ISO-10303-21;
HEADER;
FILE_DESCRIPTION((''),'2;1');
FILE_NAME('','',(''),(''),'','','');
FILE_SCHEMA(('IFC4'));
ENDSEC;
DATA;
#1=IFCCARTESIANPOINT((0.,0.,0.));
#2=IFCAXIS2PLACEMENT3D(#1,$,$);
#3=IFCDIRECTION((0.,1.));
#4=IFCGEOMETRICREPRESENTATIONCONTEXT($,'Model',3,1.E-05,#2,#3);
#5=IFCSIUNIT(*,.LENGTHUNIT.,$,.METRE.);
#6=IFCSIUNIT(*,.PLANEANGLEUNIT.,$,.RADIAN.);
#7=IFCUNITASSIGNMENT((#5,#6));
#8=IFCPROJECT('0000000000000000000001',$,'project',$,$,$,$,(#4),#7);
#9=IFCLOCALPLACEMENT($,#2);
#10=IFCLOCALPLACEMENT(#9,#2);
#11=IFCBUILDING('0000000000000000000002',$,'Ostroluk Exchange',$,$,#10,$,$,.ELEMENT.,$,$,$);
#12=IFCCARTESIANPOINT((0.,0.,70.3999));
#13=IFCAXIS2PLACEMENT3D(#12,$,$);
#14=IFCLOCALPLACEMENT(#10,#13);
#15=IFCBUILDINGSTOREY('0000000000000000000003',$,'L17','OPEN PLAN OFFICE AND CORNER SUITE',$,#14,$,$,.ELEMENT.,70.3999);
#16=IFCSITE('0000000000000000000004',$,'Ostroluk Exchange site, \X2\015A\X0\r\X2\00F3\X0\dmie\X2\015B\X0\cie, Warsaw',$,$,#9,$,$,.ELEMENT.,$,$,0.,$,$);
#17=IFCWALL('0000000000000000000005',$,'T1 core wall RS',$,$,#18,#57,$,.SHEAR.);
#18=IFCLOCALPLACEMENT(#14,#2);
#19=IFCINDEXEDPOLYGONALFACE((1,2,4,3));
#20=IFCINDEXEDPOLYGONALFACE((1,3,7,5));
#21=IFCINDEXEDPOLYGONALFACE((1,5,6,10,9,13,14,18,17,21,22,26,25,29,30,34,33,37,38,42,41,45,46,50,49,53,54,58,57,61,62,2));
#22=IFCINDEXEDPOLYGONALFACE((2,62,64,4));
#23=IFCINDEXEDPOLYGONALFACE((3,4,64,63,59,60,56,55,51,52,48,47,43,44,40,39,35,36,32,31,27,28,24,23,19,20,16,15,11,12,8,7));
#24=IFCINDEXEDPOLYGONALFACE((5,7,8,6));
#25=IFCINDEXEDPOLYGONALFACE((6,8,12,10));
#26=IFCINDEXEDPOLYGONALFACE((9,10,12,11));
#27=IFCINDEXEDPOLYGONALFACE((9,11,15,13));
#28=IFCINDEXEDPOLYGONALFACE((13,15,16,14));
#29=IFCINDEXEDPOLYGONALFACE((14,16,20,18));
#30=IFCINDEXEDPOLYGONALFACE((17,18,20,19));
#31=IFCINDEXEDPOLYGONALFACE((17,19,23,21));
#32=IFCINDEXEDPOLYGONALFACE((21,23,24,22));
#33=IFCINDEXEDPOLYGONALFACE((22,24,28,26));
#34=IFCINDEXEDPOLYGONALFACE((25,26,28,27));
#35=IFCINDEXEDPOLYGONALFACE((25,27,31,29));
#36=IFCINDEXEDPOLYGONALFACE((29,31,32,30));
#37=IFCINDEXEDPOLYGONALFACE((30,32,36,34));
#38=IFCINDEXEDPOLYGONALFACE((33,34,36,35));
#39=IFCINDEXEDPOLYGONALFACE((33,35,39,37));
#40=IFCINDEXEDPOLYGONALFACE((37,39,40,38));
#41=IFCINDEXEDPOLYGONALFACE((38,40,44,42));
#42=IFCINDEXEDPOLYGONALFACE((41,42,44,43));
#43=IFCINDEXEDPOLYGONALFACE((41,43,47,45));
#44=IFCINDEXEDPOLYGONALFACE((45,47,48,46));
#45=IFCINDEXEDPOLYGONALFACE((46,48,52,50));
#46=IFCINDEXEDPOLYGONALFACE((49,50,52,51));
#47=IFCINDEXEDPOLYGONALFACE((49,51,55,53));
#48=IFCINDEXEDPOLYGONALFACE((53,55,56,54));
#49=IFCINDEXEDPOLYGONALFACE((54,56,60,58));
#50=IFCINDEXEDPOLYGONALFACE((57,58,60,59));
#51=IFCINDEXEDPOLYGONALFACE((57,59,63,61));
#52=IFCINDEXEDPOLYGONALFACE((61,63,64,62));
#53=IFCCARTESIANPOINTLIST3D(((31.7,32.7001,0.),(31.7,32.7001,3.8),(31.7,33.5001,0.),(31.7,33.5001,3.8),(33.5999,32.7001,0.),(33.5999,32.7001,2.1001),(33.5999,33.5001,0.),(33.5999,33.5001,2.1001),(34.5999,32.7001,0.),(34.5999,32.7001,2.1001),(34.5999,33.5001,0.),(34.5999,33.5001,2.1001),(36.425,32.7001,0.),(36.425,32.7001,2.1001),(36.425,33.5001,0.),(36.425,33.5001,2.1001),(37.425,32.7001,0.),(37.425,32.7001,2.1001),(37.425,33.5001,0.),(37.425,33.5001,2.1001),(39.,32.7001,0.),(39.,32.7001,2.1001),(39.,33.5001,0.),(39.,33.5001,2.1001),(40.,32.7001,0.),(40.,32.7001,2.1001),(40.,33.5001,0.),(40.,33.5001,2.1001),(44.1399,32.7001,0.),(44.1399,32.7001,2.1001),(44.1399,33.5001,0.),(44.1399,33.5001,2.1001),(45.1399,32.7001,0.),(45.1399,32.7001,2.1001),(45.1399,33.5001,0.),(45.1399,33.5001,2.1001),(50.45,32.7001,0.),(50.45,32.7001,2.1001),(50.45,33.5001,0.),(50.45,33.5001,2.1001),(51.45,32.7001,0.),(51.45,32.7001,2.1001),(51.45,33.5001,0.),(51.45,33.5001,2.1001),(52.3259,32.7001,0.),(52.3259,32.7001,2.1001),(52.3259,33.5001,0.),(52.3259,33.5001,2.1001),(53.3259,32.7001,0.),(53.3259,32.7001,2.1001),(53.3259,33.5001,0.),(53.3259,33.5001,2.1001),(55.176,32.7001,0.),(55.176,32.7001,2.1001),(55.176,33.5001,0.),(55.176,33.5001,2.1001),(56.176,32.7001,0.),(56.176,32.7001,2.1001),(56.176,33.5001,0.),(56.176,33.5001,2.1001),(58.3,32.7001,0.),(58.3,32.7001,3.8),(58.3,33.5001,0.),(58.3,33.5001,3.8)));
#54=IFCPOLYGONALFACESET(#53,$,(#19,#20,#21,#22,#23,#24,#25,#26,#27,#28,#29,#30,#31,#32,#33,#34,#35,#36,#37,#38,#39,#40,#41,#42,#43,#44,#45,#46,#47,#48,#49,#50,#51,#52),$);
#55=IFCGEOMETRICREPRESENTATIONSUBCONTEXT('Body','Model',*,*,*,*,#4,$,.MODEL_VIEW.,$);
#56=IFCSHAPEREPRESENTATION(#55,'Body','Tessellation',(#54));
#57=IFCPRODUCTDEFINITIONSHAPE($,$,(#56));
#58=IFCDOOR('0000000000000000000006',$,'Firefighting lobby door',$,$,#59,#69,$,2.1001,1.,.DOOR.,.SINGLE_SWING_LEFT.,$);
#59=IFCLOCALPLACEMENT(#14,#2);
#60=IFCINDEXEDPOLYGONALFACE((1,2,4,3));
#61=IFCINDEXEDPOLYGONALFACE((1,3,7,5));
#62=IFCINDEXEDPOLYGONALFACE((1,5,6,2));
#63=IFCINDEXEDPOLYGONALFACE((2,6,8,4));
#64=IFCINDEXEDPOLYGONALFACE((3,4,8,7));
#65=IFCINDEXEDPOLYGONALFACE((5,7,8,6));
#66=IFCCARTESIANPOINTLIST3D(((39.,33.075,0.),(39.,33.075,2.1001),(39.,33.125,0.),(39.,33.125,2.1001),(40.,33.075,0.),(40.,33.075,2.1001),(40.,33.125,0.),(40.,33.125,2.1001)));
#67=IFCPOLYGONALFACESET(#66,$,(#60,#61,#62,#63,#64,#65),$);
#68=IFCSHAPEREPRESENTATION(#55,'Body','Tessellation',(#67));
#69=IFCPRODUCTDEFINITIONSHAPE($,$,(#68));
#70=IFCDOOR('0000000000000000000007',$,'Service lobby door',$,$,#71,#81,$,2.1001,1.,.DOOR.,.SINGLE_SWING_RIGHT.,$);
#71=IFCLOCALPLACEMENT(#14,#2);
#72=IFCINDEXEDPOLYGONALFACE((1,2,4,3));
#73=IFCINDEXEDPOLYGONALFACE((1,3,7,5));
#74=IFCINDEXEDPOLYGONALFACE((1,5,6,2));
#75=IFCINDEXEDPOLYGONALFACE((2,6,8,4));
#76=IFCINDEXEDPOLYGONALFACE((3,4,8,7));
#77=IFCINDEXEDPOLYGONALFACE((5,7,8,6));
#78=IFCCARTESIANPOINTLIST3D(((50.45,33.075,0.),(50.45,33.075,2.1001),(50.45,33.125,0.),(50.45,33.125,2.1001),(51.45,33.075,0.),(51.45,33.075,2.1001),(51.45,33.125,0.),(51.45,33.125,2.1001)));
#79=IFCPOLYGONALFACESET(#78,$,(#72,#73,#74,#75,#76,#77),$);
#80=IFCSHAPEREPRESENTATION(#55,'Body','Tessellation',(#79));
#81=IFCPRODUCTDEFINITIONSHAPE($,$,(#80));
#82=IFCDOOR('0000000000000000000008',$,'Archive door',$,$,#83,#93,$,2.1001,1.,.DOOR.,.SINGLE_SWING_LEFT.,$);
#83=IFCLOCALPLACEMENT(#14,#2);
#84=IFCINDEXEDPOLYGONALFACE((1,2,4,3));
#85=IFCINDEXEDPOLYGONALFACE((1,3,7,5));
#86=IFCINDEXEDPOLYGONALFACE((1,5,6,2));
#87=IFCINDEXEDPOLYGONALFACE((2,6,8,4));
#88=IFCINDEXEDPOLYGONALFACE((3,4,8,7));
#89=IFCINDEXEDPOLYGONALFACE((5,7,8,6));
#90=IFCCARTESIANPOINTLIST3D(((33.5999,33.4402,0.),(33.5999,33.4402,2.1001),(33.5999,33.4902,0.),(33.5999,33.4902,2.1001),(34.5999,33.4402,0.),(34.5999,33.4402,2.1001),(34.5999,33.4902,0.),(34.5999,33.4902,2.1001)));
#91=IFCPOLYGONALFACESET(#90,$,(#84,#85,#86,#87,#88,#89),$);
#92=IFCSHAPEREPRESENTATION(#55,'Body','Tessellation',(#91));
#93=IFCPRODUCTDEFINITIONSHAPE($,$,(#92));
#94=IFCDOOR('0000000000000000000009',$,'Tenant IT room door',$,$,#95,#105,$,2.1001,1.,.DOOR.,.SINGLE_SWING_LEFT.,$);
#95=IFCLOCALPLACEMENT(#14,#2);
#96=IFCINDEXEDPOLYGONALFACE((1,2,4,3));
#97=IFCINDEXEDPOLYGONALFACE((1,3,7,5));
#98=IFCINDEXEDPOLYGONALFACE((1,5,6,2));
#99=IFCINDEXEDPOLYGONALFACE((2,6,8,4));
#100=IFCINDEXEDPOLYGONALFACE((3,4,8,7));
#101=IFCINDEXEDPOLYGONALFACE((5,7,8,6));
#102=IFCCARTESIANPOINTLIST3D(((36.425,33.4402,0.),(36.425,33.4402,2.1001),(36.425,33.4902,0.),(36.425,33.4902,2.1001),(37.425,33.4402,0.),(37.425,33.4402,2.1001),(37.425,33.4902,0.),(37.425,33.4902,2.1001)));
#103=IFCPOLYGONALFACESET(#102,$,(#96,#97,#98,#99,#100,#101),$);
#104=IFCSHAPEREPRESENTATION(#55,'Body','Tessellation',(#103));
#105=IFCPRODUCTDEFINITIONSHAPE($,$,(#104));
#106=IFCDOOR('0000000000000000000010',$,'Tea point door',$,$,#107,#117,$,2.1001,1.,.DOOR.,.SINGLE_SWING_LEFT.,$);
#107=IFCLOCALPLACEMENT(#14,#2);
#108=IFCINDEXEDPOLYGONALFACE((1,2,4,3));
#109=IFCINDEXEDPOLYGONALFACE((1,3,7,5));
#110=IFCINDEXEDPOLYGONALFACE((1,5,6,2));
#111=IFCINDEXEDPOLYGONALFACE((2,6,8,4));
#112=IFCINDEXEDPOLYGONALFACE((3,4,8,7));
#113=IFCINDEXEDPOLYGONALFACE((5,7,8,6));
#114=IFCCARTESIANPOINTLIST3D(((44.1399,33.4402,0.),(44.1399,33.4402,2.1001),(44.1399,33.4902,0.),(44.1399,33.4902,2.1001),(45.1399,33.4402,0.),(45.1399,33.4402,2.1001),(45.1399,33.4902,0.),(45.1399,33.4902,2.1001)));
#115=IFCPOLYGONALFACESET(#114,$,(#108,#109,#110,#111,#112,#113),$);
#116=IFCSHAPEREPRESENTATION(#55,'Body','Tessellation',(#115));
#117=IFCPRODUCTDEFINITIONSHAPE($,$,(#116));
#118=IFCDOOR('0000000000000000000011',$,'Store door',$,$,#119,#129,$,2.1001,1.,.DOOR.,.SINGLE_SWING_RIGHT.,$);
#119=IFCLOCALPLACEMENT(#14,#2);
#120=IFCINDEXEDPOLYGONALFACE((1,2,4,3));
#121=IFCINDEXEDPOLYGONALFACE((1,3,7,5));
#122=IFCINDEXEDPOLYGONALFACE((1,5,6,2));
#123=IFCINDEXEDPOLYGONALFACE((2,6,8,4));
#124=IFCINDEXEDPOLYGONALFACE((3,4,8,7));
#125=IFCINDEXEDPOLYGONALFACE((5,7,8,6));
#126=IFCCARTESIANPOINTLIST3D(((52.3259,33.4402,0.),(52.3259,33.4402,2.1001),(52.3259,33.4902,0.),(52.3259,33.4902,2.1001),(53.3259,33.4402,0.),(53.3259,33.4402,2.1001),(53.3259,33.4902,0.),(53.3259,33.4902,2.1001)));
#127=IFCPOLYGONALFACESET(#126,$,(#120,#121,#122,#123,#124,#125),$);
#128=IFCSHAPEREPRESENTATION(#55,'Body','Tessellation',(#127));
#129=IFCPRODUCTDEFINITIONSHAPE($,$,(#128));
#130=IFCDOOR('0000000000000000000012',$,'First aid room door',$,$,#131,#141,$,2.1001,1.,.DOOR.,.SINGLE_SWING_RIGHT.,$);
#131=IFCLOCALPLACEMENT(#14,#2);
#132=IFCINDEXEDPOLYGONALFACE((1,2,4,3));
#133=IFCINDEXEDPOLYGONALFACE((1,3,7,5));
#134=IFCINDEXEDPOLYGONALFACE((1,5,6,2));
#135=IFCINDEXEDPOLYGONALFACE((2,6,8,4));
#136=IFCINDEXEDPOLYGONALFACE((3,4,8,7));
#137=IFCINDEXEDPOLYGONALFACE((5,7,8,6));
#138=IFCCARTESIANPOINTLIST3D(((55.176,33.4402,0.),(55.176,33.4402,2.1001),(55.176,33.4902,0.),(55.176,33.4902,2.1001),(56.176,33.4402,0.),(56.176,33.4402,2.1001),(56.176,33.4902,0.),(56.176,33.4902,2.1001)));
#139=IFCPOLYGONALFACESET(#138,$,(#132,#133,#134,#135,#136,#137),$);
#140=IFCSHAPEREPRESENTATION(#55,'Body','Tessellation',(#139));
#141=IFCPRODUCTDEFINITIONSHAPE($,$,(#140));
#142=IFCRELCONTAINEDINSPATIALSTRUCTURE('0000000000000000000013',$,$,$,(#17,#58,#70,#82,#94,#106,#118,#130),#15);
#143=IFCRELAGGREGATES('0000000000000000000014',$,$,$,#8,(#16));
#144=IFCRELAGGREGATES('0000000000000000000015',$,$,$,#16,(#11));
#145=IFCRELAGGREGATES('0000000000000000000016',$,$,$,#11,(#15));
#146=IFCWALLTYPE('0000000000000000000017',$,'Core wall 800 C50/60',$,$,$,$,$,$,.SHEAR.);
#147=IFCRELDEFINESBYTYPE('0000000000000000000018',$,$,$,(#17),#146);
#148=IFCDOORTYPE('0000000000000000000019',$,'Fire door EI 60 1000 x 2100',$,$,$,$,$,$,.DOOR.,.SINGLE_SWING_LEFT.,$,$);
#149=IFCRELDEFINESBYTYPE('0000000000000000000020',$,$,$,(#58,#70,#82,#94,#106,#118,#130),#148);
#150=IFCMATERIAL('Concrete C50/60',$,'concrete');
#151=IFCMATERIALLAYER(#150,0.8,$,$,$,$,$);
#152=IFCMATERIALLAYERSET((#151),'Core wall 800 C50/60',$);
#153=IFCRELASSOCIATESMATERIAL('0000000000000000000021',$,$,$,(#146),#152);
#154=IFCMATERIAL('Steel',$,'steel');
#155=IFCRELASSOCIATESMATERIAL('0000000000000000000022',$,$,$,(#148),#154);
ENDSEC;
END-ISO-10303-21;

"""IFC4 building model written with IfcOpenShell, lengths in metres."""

from ifc_helpers import new_model, si_unit, direction, frame, frame_2d, origin, place, context, subcontext, project, spatial, rectangle, extrude, material, layer, layer_set, type_object, element, fill, save


model = new_model("IFC4")

# Units and contexts
model_context = context("Model", 3, precision=1e-05, world=origin(), true_north=direction((0.0, 1.0)))
body_context = subcontext(model_context, "Body", "Model", "MODEL_VIEW")
ifc_project = project(units=[si_unit("LENGTHUNIT", "METRE"), si_unit("PLANEANGLEUNIT", "RADIAN")], contexts=[model_context])

# Site, building, storey
site_placement = place(None, origin())
site = spatial("IfcSite", under=ifc_project, at=site_placement, Name="Ostroluk Exchange site, Śródmieście, Warsaw", CompositionType="ELEMENT", RefElevation=0.0)
building_placement = place(site_placement, origin())
building = spatial("IfcBuilding", under=site, at=building_placement, Name="Ostroluk Exchange", CompositionType="ELEMENT")
storey_placement = place(building_placement, frame((0.0, 0.0, 70.3999)))
storey = spatial("IfcBuildingStorey", under=building, at=storey_placement, Name="L17", Description="OPEN PLAN OFFICE AND CORNER SUITE", CompositionType="ELEMENT", Elevation=70.3999)

# Wall, openings, doors
ifc_material_1 = material(Name="Concrete C50/60", Category="concrete")
ifc_layer_1 = layer(ifc_material_1, 0.8)
ifc_layer_set_1 = layer_set([ifc_layer_1], Name="Core wall 800 C50/60")
wall_type_1 = type_object("IfcWallType", Name="Core wall 800 C50/60", PredefinedType="SHEAR", material=ifc_layer_set_1)
wall_1_placement = place(storey_placement, frame((31.7, 33.1001, 0.0), z_axis=(0.0, 0.0, 1.0), x_axis=(1.0, 0.0, 0.0)))
wall_1 = element("IfcWall", 1, at=wall_1_placement, inside=storey, type_object=wall_type_1, Name="T1 core wall RS", PredefinedType="SHEAR", context=body_context, shape_type="SweptSolid", body=[
    extrude(rectangle(XDim=26.6001, YDim=0.8, at=frame_2d((13.3, 0.0))), origin(), (0.0, 0.0, 1.0), 3.8),
])
opening_1_placement = place(wall_1_placement, frame((7.3, 0.0, 0.0)))
opening_1 = element("IfcOpeningElement", 2, at=opening_1_placement, cuts=wall_1, PredefinedType="OPENING", context=body_context, shape_type="SweptSolid", body=[
    extrude(rectangle(XDim=1.0, YDim=2.1001, at=frame_2d((0.5, 1.05))), frame((0.0, 0.4099, 0.0), z_axis=(0.0, -1.0, 0.0), x_axis=(1.0, 0.0, 0.0)), (0.0, 0.0, 1.0), 0.8201),
])
opening_2_placement = place(wall_1_placement, frame((18.75, 0.0, 0.0)))
opening_2 = element("IfcOpeningElement", 3, at=opening_2_placement, cuts=wall_1, PredefinedType="OPENING", context=body_context, shape_type="SweptSolid", body=[
    extrude(rectangle(XDim=1.0, YDim=2.1001, at=frame_2d((0.5, 1.05))), frame((0.0, 0.4099, 0.0), z_axis=(0.0, -1.0, 0.0), x_axis=(1.0, 0.0, 0.0)), (0.0, 0.0, 1.0), 0.8201),
])
opening_3_placement = place(wall_1_placement, frame((1.8999, 0.0, 0.0)))
opening_3 = element("IfcOpeningElement", 4, at=opening_3_placement, cuts=wall_1, PredefinedType="OPENING", context=body_context, shape_type="SweptSolid", body=[
    extrude(rectangle(XDim=1.0, YDim=2.1001, at=frame_2d((0.5, 1.05))), frame((0.0, 0.4099, 0.0), z_axis=(0.0, -1.0, 0.0), x_axis=(1.0, 0.0, 0.0)), (0.0, 0.0, 1.0), 0.8201),
])
opening_4_placement = place(wall_1_placement, frame((4.7251, 0.0, 0.0)))
opening_4 = element("IfcOpeningElement", 5, at=opening_4_placement, cuts=wall_1, PredefinedType="OPENING", context=body_context, shape_type="SweptSolid", body=[
    extrude(rectangle(XDim=1.0, YDim=2.1001, at=frame_2d((0.5, 1.05))), frame((0.0, 0.4099, 0.0), z_axis=(0.0, -1.0, 0.0), x_axis=(1.0, 0.0, 0.0)), (0.0, 0.0, 1.0), 0.8201),
])
opening_5_placement = place(wall_1_placement, frame((12.4399, 0.0, 0.0)))
opening_5 = element("IfcOpeningElement", 6, at=opening_5_placement, cuts=wall_1, PredefinedType="OPENING", context=body_context, shape_type="SweptSolid", body=[
    extrude(rectangle(XDim=1.0, YDim=2.1001, at=frame_2d((0.5, 1.05))), frame((0.0, 0.4099, 0.0), z_axis=(0.0, -1.0, 0.0), x_axis=(1.0, 0.0, 0.0)), (0.0, 0.0, 1.0), 0.8201),
])
opening_6_placement = place(wall_1_placement, frame((20.626, 0.0, 0.0)))
opening_6 = element("IfcOpeningElement", 7, at=opening_6_placement, cuts=wall_1, PredefinedType="OPENING", context=body_context, shape_type="SweptSolid", body=[
    extrude(rectangle(XDim=1.0, YDim=2.1001, at=frame_2d((0.5, 1.05))), frame((0.0, 0.4099, 0.0), z_axis=(0.0, -1.0, 0.0), x_axis=(1.0, 0.0, 0.0)), (0.0, 0.0, 1.0), 0.8201),
])
opening_7_placement = place(wall_1_placement, frame((23.4761, 0.0, 0.0)))
opening_7 = element("IfcOpeningElement", 8, at=opening_7_placement, cuts=wall_1, PredefinedType="OPENING", context=body_context, shape_type="SweptSolid", body=[
    extrude(rectangle(XDim=1.0, YDim=2.1001, at=frame_2d((0.5, 1.05))), frame((0.0, 0.4099, 0.0), z_axis=(0.0, -1.0, 0.0), x_axis=(1.0, 0.0, 0.0)), (0.0, 0.0, 1.0), 0.8201),
])
ifc_material_2 = material(Name="Steel", Category="steel")
door_type_1 = type_object("IfcDoorType", Name="Fire door EI 60 1000 x 2100", OperationType="SINGLE_SWING_LEFT", PredefinedType="DOOR", material=ifc_material_2)
door_1_placement = place(opening_1_placement, origin())
door_1 = element("IfcDoor", 9, at=door_1_placement, inside=storey, type_object=door_type_1, Name="Firefighting lobby door", OperationType="SINGLE_SWING_LEFT", OverallHeight=2.1001, OverallWidth=1.0, PredefinedType="DOOR", context=body_context, shape_type="SweptSolid", body=[
    extrude(rectangle(XDim=1.0, YDim=2.1001, at=frame_2d((0.5, 1.05))), frame((0.0, 0.0249, 0.0), z_axis=(0.0, -1.0, 0.0), x_axis=(1.0, 0.0, 0.0)), (0.0, 0.0, 1.0), 0.05),
])
fill(opening_1, door_1)
door_2_placement = place(opening_2_placement, origin())
door_2 = element("IfcDoor", 10, at=door_2_placement, inside=storey, type_object=door_type_1, Name="Service lobby door", OperationType="SINGLE_SWING_RIGHT", OverallHeight=2.1001, OverallWidth=1.0, PredefinedType="DOOR", context=body_context, shape_type="SweptSolid", body=[
    extrude(rectangle(XDim=1.0, YDim=2.1001, at=frame_2d((0.5, 1.05))), frame((0.0, 0.0249, 0.0), z_axis=(0.0, -1.0, 0.0), x_axis=(1.0, 0.0, 0.0)), (0.0, 0.0, 1.0), 0.05),
])
fill(opening_2, door_2)
door_3_placement = place(opening_3_placement, origin())
door_3 = element("IfcDoor", 11, at=door_3_placement, inside=storey, type_object=door_type_1, Name="Archive door", OperationType="SINGLE_SWING_LEFT", OverallHeight=2.1001, OverallWidth=1.0, PredefinedType="DOOR", context=body_context, shape_type="SweptSolid", body=[
    extrude(rectangle(XDim=1.0, YDim=2.1001, at=frame_2d((0.5, 1.05))), frame((0.0, 0.3901, 0.0), z_axis=(0.0, -1.0, 0.0), x_axis=(1.0, 0.0, 0.0)), (0.0, 0.0, 1.0), 0.05),
])
fill(opening_3, door_3)
door_4_placement = place(opening_4_placement, origin())
door_4 = element("IfcDoor", 12, at=door_4_placement, inside=storey, type_object=door_type_1, Name="Tenant IT room door", OperationType="SINGLE_SWING_LEFT", OverallHeight=2.1001, OverallWidth=1.0, PredefinedType="DOOR", context=body_context, shape_type="SweptSolid", body=[
    extrude(rectangle(XDim=1.0, YDim=2.1001, at=frame_2d((0.5, 1.05))), frame((0.0, 0.3901, 0.0), z_axis=(0.0, -1.0, 0.0), x_axis=(1.0, 0.0, 0.0)), (0.0, 0.0, 1.0), 0.05),
])
fill(opening_4, door_4)
door_5_placement = place(opening_5_placement, origin())
door_5 = element("IfcDoor", 13, at=door_5_placement, inside=storey, type_object=door_type_1, Name="Tea point door", OperationType="SINGLE_SWING_LEFT", OverallHeight=2.1001, OverallWidth=1.0, PredefinedType="DOOR", context=body_context, shape_type="SweptSolid", body=[
    extrude(rectangle(XDim=1.0, YDim=2.1001, at=frame_2d((0.5, 1.05))), frame((0.0, 0.3901, 0.0), z_axis=(0.0, -1.0, 0.0), x_axis=(1.0, 0.0, 0.0)), (0.0, 0.0, 1.0), 0.05),
])
fill(opening_5, door_5)
door_6_placement = place(opening_6_placement, origin())
door_6 = element("IfcDoor", 14, at=door_6_placement, inside=storey, type_object=door_type_1, Name="Store door", OperationType="SINGLE_SWING_RIGHT", OverallHeight=2.1001, OverallWidth=1.0, PredefinedType="DOOR", context=body_context, shape_type="SweptSolid", body=[
    extrude(rectangle(XDim=1.0, YDim=2.1001, at=frame_2d((0.5, 1.05))), frame((0.0, 0.3901, 0.0), z_axis=(0.0, -1.0, 0.0), x_axis=(1.0, 0.0, 0.0)), (0.0, 0.0, 1.0), 0.05),
])
fill(opening_6, door_6)
door_7_placement = place(opening_7_placement, origin())
door_7 = element("IfcDoor", 15, at=door_7_placement, inside=storey, type_object=door_type_1, Name="First aid room door", OperationType="SINGLE_SWING_RIGHT", OverallHeight=2.1001, OverallWidth=1.0, PredefinedType="DOOR", context=body_context, shape_type="SweptSolid", body=[
    extrude(rectangle(XDim=1.0, YDim=2.1001, at=frame_2d((0.5, 1.05))), frame((0.0, 0.3901, 0.0), z_axis=(0.0, -1.0, 0.0), x_axis=(1.0, 0.0, 0.0)), (0.0, 0.0, 1.0), 0.05),
])
fill(opening_7, door_7)

save(model, "model.ifc")
